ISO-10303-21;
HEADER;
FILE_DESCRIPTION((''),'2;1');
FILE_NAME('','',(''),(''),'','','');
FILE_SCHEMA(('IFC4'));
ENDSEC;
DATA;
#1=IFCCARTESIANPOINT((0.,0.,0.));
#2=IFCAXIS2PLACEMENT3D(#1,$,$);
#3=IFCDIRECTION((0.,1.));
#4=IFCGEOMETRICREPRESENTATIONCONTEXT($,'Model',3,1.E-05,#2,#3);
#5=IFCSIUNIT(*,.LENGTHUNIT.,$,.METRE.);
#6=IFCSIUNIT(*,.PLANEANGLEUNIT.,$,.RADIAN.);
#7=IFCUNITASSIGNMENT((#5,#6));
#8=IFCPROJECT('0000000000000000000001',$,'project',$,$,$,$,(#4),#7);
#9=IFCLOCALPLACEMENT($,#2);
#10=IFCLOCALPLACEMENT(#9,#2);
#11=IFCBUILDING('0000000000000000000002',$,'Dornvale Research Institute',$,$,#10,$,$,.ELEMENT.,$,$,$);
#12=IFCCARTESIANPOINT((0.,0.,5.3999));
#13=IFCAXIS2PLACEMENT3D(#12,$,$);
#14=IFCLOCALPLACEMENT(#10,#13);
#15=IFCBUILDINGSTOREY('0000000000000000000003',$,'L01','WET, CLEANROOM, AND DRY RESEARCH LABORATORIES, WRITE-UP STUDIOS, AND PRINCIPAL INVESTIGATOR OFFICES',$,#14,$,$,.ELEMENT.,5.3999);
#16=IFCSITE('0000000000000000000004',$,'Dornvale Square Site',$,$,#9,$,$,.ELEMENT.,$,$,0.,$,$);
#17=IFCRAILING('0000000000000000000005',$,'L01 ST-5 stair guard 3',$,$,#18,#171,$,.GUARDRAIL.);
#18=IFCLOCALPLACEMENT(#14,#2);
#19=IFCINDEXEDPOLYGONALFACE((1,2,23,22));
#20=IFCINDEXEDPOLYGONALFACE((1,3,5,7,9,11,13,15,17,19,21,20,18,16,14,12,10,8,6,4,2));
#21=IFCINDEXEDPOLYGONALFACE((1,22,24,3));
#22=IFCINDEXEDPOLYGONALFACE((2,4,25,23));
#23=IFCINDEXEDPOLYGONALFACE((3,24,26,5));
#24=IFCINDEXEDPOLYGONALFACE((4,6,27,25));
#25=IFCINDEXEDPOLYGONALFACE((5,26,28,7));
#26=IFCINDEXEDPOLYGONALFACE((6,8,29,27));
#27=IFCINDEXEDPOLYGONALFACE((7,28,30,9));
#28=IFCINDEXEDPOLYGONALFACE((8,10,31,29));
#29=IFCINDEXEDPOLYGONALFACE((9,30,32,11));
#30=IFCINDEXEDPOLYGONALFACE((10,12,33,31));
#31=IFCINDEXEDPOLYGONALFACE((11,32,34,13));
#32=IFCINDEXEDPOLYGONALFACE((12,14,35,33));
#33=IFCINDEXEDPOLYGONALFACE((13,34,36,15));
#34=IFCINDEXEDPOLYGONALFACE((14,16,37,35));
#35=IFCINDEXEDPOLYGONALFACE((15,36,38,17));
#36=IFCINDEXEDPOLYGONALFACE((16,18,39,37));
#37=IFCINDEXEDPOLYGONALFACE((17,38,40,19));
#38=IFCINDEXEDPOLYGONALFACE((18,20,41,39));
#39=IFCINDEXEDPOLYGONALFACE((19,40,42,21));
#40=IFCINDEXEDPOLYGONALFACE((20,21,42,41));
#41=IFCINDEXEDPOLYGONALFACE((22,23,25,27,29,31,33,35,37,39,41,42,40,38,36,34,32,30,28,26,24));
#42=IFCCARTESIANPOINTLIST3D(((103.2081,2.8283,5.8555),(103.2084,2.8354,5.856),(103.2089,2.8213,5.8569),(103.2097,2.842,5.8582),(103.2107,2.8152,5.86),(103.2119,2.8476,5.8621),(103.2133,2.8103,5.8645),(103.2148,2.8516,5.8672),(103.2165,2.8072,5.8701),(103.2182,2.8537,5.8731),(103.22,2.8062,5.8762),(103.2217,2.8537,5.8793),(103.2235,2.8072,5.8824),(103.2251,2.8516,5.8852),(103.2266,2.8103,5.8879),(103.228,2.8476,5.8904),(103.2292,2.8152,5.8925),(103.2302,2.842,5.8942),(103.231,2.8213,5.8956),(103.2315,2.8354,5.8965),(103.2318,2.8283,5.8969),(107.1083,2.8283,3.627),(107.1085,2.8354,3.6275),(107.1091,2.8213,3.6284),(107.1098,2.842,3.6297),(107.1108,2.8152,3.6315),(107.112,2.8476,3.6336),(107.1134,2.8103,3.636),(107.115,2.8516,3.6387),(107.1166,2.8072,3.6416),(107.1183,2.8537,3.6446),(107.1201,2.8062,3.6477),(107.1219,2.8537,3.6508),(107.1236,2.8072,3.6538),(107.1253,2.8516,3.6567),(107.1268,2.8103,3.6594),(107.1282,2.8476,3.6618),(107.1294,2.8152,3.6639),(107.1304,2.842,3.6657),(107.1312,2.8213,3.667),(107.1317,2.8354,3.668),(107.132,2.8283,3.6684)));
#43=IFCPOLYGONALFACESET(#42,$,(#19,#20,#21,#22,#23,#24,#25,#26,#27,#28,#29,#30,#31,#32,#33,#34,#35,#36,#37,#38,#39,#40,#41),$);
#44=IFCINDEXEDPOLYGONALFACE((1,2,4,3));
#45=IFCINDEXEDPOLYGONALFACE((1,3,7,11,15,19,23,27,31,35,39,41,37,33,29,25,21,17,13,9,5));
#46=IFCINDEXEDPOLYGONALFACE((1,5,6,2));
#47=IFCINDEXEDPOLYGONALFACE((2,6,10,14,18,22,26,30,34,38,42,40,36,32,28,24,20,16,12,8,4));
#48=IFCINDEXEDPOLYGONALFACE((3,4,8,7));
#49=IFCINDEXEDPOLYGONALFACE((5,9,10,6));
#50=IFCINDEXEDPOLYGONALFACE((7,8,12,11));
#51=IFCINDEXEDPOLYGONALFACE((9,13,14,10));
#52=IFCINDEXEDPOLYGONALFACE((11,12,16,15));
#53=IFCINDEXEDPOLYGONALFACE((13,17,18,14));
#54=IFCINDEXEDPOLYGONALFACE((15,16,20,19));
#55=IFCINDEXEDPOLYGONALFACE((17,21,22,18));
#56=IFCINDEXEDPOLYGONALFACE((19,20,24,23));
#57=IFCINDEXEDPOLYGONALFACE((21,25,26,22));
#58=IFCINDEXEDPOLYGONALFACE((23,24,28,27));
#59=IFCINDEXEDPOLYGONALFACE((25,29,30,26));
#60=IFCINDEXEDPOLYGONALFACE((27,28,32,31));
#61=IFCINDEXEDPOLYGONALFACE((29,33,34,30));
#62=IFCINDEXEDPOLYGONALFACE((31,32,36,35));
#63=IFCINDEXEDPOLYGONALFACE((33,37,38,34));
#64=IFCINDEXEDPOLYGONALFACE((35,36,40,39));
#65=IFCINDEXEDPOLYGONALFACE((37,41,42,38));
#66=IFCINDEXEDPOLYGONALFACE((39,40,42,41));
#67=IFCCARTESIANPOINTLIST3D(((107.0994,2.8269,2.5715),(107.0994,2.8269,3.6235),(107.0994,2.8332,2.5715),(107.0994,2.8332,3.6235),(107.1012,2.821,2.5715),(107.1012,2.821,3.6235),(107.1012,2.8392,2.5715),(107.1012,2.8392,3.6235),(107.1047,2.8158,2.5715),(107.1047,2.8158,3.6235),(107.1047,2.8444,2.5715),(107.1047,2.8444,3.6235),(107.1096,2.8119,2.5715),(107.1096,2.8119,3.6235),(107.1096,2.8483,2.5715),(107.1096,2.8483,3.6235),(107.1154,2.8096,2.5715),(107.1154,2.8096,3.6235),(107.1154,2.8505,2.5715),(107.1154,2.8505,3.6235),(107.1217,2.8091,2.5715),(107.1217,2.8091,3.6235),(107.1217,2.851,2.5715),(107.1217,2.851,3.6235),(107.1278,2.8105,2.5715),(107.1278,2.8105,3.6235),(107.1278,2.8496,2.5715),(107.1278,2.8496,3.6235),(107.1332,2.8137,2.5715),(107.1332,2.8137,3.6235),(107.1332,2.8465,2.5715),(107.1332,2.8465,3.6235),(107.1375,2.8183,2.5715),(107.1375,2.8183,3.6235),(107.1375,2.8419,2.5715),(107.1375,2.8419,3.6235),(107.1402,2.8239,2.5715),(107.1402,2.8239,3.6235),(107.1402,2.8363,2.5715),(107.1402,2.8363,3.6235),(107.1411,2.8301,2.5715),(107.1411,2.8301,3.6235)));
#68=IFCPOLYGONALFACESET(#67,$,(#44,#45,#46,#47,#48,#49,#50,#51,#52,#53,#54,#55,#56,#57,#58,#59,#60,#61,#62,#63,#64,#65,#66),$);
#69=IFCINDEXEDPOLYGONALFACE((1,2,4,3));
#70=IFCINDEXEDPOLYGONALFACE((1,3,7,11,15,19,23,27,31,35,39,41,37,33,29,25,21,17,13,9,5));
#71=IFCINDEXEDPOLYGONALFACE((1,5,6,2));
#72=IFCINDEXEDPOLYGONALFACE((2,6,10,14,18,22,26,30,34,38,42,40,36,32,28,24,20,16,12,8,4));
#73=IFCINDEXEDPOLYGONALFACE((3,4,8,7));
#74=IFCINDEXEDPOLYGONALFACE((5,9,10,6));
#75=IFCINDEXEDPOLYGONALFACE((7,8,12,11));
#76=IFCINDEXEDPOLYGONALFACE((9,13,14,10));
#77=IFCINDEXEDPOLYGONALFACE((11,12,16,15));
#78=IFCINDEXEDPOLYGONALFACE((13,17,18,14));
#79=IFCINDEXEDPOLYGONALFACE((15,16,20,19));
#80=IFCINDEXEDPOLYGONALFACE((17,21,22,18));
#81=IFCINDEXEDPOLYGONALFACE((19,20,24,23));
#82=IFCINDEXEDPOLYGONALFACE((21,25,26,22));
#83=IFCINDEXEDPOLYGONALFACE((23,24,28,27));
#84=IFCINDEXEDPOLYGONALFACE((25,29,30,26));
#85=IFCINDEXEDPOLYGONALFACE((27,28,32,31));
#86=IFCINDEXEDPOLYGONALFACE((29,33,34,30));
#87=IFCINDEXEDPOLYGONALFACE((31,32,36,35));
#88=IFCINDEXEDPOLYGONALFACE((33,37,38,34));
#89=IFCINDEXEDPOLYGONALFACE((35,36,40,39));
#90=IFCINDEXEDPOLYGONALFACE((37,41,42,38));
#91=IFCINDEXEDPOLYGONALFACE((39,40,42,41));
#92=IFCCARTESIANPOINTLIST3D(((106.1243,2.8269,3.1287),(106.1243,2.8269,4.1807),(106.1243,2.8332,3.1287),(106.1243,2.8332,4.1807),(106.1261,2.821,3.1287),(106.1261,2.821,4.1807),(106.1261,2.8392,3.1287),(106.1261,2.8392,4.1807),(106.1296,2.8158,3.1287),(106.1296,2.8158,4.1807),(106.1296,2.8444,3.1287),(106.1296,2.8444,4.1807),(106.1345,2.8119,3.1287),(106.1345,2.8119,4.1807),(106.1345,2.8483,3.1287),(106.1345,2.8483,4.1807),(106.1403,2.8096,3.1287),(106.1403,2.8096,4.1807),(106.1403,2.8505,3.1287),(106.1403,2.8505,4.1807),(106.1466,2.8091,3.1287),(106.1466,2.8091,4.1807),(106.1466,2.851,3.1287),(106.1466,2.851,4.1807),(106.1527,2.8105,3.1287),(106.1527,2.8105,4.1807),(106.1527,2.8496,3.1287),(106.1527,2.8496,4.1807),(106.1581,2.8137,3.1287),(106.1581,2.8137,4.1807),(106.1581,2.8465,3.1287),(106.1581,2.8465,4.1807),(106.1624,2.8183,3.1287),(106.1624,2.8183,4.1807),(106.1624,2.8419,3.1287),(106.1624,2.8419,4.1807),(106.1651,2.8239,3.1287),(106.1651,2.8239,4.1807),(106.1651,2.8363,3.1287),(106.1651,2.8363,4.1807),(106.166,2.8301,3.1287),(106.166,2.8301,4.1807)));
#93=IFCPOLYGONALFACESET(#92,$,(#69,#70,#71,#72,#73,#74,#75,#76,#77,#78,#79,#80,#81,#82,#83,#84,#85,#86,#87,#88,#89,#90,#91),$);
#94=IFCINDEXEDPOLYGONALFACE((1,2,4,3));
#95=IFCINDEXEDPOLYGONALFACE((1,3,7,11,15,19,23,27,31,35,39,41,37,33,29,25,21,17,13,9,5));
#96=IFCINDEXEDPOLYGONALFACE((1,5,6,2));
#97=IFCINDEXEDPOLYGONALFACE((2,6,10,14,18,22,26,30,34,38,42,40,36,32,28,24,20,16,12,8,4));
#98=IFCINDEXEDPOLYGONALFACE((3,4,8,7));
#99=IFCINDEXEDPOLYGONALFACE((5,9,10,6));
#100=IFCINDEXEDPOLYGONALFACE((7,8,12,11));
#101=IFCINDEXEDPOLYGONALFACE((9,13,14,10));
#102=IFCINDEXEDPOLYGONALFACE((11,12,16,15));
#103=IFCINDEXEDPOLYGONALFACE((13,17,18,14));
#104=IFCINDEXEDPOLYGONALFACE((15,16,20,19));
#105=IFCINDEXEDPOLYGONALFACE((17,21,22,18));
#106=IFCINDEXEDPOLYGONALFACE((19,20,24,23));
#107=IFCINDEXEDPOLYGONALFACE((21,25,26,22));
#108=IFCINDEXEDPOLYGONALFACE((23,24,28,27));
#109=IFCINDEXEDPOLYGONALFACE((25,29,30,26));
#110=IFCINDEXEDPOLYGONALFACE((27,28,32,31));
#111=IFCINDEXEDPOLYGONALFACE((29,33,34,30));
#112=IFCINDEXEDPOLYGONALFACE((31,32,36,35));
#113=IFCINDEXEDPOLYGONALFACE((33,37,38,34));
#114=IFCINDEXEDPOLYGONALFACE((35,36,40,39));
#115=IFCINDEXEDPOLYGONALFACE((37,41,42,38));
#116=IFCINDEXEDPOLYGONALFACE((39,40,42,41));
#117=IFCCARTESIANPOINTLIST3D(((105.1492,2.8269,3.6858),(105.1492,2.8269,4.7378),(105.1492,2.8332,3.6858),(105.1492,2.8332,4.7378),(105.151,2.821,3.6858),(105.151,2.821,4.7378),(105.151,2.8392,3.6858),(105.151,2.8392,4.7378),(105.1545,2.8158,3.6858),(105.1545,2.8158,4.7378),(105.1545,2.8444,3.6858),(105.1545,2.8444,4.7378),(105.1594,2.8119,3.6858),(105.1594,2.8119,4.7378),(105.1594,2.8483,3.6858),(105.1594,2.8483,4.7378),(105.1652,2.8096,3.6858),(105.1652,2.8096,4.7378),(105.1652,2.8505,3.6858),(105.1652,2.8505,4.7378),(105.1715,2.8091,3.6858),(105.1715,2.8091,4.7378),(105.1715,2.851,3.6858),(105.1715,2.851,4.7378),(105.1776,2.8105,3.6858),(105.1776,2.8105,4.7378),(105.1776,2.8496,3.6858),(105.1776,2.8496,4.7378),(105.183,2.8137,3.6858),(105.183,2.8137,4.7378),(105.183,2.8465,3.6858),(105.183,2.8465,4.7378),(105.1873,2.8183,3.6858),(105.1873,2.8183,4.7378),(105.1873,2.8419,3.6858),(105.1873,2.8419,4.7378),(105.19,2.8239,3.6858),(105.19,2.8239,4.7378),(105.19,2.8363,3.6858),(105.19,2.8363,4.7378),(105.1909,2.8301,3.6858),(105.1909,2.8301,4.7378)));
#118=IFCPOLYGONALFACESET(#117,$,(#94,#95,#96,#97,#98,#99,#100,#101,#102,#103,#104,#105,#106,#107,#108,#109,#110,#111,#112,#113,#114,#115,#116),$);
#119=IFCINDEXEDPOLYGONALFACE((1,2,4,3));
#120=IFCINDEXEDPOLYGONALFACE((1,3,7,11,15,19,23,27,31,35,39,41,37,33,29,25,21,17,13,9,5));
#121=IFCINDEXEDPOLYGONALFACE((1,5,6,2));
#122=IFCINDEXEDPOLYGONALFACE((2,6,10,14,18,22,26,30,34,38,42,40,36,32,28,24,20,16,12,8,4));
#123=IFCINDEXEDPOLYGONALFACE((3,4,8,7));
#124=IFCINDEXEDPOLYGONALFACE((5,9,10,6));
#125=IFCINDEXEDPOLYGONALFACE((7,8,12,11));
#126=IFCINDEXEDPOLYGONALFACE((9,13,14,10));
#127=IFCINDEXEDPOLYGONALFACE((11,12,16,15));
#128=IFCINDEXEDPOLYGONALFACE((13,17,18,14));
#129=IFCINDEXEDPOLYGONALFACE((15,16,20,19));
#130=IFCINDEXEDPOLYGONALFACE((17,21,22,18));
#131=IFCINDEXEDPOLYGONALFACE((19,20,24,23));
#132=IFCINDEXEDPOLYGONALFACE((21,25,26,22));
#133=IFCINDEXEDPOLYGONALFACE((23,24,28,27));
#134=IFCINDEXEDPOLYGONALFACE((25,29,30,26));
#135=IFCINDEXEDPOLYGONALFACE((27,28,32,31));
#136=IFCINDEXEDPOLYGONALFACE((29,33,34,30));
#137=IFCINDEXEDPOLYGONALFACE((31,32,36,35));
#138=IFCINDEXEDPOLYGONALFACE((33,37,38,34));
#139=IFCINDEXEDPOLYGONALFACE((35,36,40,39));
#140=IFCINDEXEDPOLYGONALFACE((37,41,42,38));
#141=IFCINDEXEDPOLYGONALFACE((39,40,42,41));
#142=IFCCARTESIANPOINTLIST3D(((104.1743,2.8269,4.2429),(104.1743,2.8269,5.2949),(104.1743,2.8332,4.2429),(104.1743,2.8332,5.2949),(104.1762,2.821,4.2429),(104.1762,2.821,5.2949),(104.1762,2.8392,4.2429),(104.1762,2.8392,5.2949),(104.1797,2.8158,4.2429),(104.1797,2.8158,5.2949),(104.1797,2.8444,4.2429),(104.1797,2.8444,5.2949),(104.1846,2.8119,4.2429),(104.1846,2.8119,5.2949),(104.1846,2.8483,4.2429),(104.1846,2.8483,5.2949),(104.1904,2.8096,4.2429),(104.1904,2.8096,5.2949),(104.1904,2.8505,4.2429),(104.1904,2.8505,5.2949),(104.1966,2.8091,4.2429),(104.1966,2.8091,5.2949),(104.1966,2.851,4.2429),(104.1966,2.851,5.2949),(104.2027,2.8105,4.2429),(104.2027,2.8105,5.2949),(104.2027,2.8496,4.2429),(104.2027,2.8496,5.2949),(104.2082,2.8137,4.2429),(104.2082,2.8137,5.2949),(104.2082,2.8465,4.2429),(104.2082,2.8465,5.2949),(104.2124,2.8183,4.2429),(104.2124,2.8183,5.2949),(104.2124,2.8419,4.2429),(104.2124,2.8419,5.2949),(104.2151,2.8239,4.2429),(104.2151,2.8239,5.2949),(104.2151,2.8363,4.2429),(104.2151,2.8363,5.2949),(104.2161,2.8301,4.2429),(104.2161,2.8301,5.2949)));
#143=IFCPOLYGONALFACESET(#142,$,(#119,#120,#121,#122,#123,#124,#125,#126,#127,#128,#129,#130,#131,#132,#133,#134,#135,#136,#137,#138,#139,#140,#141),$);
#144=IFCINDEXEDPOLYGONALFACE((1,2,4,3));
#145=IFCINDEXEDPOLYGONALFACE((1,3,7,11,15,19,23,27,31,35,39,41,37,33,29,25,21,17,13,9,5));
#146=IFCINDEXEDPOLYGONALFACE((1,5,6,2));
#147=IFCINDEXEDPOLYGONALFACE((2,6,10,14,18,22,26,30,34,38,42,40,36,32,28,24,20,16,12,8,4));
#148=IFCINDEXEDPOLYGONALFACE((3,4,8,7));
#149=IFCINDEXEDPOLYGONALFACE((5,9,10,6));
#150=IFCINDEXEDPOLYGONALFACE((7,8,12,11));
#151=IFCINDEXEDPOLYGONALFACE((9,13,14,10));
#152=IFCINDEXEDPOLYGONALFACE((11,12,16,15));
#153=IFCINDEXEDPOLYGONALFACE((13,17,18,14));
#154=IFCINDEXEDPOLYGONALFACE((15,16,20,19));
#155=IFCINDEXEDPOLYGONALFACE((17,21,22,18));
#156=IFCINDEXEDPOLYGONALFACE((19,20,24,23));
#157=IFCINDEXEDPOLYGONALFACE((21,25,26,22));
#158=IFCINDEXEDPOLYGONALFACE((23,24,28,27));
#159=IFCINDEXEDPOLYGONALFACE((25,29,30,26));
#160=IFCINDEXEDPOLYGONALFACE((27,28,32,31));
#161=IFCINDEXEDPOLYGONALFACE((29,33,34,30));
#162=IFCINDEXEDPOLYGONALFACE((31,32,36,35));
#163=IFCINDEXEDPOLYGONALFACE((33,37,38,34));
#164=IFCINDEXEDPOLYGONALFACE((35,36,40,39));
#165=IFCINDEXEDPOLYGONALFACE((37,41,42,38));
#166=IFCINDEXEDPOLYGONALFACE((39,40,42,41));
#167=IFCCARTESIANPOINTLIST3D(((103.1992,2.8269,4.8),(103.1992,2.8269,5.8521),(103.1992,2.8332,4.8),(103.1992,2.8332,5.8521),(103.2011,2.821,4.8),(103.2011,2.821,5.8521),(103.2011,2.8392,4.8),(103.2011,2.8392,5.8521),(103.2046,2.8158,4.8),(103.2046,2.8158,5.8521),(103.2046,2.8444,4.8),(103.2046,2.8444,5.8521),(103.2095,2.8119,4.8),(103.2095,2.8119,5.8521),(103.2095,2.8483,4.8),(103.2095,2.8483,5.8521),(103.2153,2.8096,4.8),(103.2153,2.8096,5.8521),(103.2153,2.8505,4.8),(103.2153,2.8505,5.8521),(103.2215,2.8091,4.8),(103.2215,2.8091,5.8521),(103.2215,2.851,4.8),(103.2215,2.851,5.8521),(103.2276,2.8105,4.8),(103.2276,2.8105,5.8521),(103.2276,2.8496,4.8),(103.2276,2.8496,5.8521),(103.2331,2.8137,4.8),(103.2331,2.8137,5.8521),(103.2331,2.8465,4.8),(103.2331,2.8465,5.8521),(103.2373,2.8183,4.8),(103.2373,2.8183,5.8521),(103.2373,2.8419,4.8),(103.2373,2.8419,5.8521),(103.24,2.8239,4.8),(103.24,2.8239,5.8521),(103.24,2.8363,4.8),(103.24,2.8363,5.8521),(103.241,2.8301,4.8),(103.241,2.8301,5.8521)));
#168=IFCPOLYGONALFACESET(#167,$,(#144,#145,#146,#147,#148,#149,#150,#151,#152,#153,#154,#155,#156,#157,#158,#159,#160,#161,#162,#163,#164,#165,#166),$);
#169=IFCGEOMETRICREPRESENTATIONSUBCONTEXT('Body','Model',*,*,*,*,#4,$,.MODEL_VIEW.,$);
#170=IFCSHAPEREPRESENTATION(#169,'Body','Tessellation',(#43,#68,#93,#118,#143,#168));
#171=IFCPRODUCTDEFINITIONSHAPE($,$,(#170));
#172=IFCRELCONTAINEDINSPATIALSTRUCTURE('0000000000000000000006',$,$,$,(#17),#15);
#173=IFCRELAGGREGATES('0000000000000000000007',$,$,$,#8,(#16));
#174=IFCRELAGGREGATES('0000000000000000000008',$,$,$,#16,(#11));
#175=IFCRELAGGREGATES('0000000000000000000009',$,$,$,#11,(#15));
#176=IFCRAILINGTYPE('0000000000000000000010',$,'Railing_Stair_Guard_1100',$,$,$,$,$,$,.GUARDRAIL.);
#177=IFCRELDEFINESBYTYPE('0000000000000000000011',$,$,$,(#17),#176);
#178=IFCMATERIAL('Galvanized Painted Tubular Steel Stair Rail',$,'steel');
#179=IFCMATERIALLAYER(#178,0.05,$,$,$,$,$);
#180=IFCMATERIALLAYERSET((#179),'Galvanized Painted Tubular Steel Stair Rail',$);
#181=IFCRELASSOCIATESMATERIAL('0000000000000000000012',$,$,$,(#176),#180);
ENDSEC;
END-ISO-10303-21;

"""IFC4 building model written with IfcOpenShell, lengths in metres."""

from ifc_helpers import new_model, si_unit, direction, frame, origin, origin_2d, place, context, subcontext, project, spatial, circle, extrude, material, layer, layer_set, type_object, element, save


model = new_model("IFC4")

# Units and contexts
model_context = context("Model", 3, precision=1e-05, world=origin(), true_north=direction((0.0, 1.0)))
body_context = subcontext(model_context, "Body", "Model", "MODEL_VIEW")
ifc_project = project(units=[si_unit("LENGTHUNIT", "METRE"), si_unit("PLANEANGLEUNIT", "RADIAN")], contexts=[model_context])

# Site, building, storey
site_placement = place(None, origin())
site = spatial("IfcSite", under=ifc_project, at=site_placement, Name="Dornvale Square Site", CompositionType="ELEMENT", RefElevation=0.0)
building_placement = place(site_placement, origin())
building = spatial("IfcBuilding", under=site, at=building_placement, Name="Dornvale Research Institute", CompositionType="ELEMENT")
storey_placement = place(building_placement, frame((0.0, 0.0, 5.3999)))
storey = spatial("IfcBuildingStorey", under=building, at=storey_placement, Name="L01", Description="WET, CLEANROOM, AND DRY RESEARCH LABORATORIES, WRITE-UP STUDIOS, AND PRINCIPAL INVESTIGATOR OFFICES", CompositionType="ELEMENT", Elevation=5.3999)

# Railing
ifc_material_1 = material(Name="Galvanized Painted Tubular Steel Stair Rail", Category="steel")
ifc_layer_1 = layer(ifc_material_1, 0.05)
ifc_layer_set_1 = layer_set([ifc_layer_1], Name="Galvanized Painted Tubular Steel Stair Rail")
railing_type_1 = type_object("IfcRailingType", Name="Railing_Stair_Guard_1100", PredefinedType="GUARDRAIL", material=ifc_layer_set_1)
railing_1_placement = place(storey_placement, frame((107.1201, 2.8301, 2.5715)))
element("IfcRailing", 1, at=railing_1_placement, inside=storey, type_object=railing_type_1, Name="L01 ST-5 stair guard 3", PredefinedType="GUARDRAIL", context=body_context, shape_type="SweptSolid", body=[
    extrude(circle(Radius=0.0239, at=origin_2d()), frame((0.0, 0.0, 1.0762), z_axis=(-0.868257, 0.0, 0.496116), x_axis=(0.0, -1.0, 0.0)), (0.0, 0.0, 1.0), 4.4919),
    extrude(circle(Radius=0.021, at=origin_2d()), origin(), (0.0, 0.0, 1.0), 1.052),
    extrude(circle(Radius=0.021, at=origin_2d()), frame((-0.9751, 0.0, 0.5571)), (0.0, 0.0, 1.0), 1.052),
    extrude(circle(Radius=0.021, at=origin_2d()), frame((-1.9502, 0.0, 1.1143)), (0.0, 0.0, 1.0), 1.052),
    extrude(circle(Radius=0.021, at=origin_2d()), frame((-2.925, 0.0, 1.6714)), (0.0, 0.0, 1.0), 1.052),
    extrude(circle(Radius=0.021, at=origin_2d()), frame((-3.9001, 0.0, 2.2285)), (0.0, 0.0, 1.0), 1.052),
])

save(model, "model.ifc")
